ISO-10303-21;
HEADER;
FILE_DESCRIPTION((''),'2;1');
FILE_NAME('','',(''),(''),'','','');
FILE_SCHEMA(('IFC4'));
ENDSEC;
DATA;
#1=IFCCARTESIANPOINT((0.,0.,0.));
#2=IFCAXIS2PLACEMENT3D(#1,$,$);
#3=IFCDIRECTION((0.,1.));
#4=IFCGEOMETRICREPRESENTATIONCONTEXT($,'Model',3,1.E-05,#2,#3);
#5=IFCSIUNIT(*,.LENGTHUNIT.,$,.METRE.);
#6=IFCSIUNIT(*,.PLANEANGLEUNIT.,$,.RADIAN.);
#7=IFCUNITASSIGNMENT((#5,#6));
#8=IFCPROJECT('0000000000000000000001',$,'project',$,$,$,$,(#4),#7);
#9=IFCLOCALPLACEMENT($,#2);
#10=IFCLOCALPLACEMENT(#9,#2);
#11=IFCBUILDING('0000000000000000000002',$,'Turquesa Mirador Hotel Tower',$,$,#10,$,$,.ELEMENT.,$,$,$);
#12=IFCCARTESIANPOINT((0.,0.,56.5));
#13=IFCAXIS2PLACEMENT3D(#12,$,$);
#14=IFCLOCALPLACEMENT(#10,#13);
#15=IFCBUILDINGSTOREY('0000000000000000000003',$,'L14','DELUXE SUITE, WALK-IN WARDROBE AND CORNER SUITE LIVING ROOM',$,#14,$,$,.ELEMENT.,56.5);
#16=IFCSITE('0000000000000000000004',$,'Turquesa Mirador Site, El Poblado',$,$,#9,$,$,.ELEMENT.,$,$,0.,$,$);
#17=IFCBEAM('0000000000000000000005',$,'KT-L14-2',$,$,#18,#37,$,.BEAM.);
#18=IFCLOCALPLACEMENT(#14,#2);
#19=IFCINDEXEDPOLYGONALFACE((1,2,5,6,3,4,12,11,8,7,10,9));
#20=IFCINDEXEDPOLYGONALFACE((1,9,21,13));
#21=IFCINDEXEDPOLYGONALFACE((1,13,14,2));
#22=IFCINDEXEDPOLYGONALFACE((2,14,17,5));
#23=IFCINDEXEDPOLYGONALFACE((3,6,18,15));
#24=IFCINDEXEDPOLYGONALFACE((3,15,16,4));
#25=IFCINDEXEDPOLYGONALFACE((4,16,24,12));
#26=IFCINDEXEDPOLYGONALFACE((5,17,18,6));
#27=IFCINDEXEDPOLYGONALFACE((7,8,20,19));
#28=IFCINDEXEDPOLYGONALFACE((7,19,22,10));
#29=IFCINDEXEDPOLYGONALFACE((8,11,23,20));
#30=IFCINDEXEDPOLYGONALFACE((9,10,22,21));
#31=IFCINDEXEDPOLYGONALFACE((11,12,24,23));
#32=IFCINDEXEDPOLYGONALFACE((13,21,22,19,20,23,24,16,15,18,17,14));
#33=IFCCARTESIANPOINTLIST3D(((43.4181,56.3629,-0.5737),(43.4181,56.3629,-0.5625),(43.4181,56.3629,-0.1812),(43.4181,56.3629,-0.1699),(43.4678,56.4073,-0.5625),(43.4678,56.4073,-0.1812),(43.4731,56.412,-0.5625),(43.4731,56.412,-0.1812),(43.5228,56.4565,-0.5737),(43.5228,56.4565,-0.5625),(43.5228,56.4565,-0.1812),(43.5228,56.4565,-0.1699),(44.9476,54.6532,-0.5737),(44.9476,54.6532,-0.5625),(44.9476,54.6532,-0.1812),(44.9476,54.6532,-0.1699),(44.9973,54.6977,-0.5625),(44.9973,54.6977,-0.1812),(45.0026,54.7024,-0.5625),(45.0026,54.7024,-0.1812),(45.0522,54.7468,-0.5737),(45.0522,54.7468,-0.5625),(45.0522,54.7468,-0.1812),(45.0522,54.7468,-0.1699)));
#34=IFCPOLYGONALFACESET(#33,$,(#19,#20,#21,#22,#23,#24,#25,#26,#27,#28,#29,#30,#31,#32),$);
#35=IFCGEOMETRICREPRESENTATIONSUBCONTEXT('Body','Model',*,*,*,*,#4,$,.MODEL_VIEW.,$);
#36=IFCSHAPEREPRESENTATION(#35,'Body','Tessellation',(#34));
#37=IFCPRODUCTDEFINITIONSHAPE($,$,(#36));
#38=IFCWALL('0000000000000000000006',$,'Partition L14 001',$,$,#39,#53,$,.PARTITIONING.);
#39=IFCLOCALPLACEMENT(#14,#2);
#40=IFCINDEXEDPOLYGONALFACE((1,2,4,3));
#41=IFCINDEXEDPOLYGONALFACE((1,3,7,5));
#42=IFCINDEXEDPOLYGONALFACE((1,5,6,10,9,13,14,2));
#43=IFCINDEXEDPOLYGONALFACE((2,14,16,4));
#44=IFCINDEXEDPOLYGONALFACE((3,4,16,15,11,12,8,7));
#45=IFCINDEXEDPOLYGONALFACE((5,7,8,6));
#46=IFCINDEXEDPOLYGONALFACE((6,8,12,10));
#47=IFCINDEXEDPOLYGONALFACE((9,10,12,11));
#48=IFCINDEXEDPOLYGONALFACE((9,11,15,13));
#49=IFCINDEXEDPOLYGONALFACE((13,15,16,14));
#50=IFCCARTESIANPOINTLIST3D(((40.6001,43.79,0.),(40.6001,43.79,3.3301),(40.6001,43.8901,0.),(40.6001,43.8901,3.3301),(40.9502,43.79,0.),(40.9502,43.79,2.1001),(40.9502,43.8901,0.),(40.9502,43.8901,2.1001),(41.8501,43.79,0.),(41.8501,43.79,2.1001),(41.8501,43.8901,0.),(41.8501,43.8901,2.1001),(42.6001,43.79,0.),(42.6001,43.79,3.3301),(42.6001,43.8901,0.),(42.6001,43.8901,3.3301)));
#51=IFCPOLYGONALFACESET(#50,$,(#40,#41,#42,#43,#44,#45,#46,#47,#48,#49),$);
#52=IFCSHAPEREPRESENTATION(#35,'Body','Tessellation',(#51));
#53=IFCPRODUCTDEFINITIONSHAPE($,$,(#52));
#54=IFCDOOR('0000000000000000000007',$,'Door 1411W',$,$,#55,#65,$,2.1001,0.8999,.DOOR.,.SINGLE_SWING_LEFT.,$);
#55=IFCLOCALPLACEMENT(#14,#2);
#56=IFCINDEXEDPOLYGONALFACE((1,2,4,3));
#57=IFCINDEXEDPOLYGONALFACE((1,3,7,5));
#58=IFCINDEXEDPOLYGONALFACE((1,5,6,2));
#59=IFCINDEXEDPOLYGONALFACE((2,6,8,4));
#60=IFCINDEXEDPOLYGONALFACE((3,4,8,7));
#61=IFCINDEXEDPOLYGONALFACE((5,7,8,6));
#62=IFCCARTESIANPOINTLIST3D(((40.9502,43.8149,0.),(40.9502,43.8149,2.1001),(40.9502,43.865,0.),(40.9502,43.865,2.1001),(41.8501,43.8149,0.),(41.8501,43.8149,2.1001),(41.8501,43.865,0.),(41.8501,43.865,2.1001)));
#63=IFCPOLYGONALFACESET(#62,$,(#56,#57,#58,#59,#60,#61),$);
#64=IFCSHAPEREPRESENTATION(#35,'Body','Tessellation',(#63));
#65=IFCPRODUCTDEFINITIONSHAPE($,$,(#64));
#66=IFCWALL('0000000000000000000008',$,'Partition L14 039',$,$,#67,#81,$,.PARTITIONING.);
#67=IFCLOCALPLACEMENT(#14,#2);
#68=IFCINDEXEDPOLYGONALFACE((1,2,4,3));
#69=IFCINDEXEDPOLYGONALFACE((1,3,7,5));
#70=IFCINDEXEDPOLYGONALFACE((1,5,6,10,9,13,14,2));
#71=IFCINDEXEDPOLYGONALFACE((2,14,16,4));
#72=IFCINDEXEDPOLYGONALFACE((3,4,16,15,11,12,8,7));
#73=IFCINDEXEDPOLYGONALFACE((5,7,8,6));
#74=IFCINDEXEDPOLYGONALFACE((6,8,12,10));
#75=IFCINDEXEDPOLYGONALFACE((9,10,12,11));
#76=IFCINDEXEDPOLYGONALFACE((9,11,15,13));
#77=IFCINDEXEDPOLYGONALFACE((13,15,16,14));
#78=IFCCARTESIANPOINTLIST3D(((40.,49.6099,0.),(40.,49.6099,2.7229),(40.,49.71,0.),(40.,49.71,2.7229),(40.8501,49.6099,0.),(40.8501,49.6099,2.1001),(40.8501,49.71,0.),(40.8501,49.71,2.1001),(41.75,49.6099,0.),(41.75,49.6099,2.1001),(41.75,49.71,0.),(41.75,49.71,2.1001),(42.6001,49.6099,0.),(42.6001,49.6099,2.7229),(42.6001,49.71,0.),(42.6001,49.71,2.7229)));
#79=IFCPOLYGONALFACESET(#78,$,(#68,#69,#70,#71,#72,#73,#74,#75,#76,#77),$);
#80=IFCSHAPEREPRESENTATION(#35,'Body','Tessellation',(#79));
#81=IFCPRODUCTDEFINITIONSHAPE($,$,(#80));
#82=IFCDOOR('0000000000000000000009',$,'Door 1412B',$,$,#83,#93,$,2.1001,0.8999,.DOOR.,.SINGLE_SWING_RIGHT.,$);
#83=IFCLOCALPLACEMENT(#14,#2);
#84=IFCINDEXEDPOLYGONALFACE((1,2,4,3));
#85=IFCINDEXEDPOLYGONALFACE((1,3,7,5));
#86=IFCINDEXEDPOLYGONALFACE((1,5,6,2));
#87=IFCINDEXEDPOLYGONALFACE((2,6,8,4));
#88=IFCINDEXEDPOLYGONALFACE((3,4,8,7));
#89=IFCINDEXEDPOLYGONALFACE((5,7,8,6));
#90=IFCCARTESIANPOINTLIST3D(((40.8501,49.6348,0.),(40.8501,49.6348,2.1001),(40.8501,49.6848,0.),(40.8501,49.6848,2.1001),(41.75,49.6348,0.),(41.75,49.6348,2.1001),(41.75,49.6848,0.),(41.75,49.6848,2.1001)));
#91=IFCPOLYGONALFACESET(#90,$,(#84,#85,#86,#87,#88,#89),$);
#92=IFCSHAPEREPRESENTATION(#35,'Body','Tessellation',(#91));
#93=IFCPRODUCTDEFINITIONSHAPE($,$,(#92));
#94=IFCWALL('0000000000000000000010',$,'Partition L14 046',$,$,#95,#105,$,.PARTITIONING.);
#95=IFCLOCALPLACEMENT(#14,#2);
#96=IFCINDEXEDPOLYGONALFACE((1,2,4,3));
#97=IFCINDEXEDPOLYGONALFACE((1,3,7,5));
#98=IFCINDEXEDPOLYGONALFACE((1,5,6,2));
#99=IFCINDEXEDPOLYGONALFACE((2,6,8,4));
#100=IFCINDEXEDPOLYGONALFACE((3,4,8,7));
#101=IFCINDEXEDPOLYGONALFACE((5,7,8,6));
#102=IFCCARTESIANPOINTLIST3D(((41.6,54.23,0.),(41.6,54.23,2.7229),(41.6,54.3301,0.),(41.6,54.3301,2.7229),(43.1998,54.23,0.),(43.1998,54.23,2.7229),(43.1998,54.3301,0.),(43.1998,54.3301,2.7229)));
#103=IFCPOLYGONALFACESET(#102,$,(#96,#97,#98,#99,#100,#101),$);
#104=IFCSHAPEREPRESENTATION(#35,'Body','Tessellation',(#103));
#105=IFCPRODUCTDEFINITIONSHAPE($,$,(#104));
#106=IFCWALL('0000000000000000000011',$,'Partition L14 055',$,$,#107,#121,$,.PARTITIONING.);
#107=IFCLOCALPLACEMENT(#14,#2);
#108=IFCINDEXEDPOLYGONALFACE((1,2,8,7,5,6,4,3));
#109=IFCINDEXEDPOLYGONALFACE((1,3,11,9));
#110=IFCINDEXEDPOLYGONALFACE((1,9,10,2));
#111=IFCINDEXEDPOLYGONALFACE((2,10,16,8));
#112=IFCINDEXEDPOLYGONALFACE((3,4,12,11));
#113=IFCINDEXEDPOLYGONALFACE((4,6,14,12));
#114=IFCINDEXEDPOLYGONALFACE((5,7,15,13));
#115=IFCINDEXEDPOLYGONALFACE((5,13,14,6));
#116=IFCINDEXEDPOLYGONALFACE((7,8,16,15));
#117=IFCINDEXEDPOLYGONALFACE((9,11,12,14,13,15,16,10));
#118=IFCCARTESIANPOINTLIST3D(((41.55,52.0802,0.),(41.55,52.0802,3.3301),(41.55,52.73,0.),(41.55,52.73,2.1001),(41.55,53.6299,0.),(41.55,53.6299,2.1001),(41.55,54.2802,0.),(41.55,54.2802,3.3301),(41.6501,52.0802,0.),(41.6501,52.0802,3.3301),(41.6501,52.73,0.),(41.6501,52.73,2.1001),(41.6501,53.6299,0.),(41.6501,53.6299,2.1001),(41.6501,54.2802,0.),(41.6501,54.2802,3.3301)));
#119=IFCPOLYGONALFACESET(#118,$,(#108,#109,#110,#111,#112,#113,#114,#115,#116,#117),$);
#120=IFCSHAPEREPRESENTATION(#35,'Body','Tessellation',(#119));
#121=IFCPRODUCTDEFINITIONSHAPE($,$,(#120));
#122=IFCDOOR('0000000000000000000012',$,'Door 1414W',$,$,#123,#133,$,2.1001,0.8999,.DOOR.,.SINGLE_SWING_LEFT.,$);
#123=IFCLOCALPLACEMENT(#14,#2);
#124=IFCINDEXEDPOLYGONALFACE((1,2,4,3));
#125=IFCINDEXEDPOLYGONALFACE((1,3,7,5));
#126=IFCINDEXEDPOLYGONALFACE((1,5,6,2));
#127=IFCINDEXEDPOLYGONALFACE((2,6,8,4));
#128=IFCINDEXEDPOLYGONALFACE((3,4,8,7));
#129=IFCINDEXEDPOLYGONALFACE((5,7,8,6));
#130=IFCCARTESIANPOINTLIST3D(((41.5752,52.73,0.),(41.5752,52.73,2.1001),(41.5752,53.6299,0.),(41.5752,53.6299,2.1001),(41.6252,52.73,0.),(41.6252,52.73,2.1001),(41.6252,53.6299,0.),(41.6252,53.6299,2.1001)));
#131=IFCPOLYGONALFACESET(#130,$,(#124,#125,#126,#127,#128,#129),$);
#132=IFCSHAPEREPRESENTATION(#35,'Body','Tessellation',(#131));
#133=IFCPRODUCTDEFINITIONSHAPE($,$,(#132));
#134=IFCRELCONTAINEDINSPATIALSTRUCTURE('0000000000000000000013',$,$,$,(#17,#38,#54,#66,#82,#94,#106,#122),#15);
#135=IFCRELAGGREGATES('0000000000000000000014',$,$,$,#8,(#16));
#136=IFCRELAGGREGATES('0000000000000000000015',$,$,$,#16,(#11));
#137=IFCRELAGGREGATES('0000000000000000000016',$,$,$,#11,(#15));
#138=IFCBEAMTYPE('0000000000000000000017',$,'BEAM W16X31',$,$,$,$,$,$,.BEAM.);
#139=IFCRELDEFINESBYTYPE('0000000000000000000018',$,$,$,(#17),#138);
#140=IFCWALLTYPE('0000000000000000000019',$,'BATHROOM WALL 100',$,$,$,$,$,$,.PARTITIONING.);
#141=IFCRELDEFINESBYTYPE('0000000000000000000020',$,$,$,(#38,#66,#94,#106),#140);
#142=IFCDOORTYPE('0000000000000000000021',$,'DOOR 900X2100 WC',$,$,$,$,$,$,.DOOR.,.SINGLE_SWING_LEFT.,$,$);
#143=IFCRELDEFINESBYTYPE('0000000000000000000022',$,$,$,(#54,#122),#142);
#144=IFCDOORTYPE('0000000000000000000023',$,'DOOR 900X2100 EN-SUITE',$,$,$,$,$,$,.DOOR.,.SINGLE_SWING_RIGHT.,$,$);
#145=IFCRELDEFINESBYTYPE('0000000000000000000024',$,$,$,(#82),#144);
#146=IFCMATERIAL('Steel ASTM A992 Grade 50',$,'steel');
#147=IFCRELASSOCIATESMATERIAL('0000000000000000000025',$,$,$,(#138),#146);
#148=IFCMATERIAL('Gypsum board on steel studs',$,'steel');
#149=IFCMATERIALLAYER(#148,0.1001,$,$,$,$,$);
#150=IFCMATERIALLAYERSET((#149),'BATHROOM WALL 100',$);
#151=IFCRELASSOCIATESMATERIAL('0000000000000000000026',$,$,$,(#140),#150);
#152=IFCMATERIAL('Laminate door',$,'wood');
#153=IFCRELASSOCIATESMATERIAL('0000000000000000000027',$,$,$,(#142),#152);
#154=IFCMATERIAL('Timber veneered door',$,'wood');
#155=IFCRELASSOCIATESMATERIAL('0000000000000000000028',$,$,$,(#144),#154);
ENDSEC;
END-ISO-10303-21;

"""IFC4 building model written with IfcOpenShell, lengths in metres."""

from ifc_helpers import new_model, si_unit, direction, frame, frame_2d, origin, origin_2d, place, context, subcontext, project, spatial, rectangle, i_section, extrude, material, layer, layer_set, material_profile, profile_set, type_object, element, fill, save


model = new_model("IFC4")

# Units and contexts
model_context = context("Model", 3, precision=1e-05, world=origin(), true_north=direction((0.0, 1.0)))
body_context = subcontext(model_context, "Body", "Model", "MODEL_VIEW")
ifc_project = project(units=[si_unit("LENGTHUNIT", "METRE"), si_unit("PLANEANGLEUNIT", "RADIAN")], contexts=[model_context])

# Site, building, storey
site_placement = place(None, origin())
site = spatial("IfcSite", under=ifc_project, at=site_placement, Name="Turquesa Mirador Site, El Poblado", CompositionType="ELEMENT", RefElevation=0.0)
building_placement = place(site_placement, origin())
building = spatial("IfcBuilding", under=site, at=building_placement, Name="Turquesa Mirador Hotel Tower", CompositionType="ELEMENT")
storey_placement = place(building_placement, frame((0.0, 0.0, 56.5)))
storey = spatial("IfcBuildingStorey", under=building, at=storey_placement, Name="L14", Description="DELUXE SUITE, WALK-IN WARDROBE AND CORNER SUITE LIVING ROOM", CompositionType="ELEMENT", Elevation=56.5)

# Beam
ifc_material_1 = material(Name="Steel ASTM A992 Grade 50", Category="steel")
ifc_material_profile = material_profile(ifc_material_1, i_section(OverallWidth=0.1404, OverallDepth=0.4038, WebThickness=0.0071, FlangeThickness=0.0112, at=origin_2d()), Name="W16X31")
ifc_profile_set = profile_set([ifc_material_profile], Name="Steel ASTM A992 Grade 50")
beam_type = type_object("IfcBeamType", Name="BEAM W16X31", PredefinedType="BEAM", material=ifc_profile_set)
beam_placement = place(storey_placement, frame((43.4705, 56.4097, -0.3718), z_axis=(0.666745, -0.745286, 0.0), x_axis=(0.745286, 0.666745, 0.0)))
element("IfcBeam", 1, at=beam_placement, inside=storey, type_object=beam_type, Name="KT-L14-2", PredefinedType="BEAM", context=body_context, shape_type="SweptSolid", body=[
    extrude(i_section(OverallWidth=0.1404, OverallDepth=0.4038, WebThickness=0.0071, FlangeThickness=0.0112, at=origin_2d()), origin(), (0.0, 0.0, 1.0), 2.2939),
])

# Walls, openings, doors
ifc_material_2 = material(Name="Gypsum board on steel studs", Category="steel")
ifc_layer_1 = layer(ifc_material_2, 0.1001)
ifc_layer_set_1 = layer_set([ifc_layer_1], Name="BATHROOM WALL 100")
wall_type_1 = type_object("IfcWallType", Name="BATHROOM WALL 100", PredefinedType="PARTITIONING", material=ifc_layer_set_1)
wall_1_placement = place(storey_placement, frame((40.6001, 43.8401, 0.0), z_axis=(0.0, 0.0, 1.0), x_axis=(1.0, 0.0, 0.0)))
wall_1 = element("IfcWall", 2, at=wall_1_placement, inside=storey, type_object=wall_type_1, Name="Partition L14 001", PredefinedType="PARTITIONING", context=body_context, shape_type="SweptSolid", body=[
    extrude(rectangle(XDim=2.0, YDim=0.1001, at=frame_2d((1.0, 0.0))), origin(), (0.0, 0.0, 1.0), 3.3301),
])
opening_1_placement = place(wall_1_placement, frame((0.3501, 0.0, 0.0)))
opening_1 = element("IfcOpeningElement", 3, at=opening_1_placement, cuts=wall_1, PredefinedType="OPENING", context=body_context, shape_type="SweptSolid", body=[
    extrude(rectangle(XDim=0.8999, YDim=2.1001, at=frame_2d((0.45, 1.05))), frame((0.0, 0.0601, 0.0), z_axis=(0.0, -1.0, 0.0), x_axis=(1.0, 0.0, 0.0)), (0.0, 0.0, 1.0), 0.1201),
])
ifc_material_3 = material(Name="Laminate door", Category="wood")
door_type_1 = type_object("IfcDoorType", Name="DOOR 900X2100 WC", OperationType="SINGLE_SWING_LEFT", PredefinedType="DOOR", material=ifc_material_3)
door_1_placement = place(opening_1_placement, origin())
door_1 = element("IfcDoor", 4, at=door_1_placement, inside=storey, type_object=door_type_1, Name="Door 1411W", OperationType="SINGLE_SWING_LEFT", OverallHeight=2.1001, OverallWidth=0.8999, PredefinedType="DOOR", context=body_context, shape_type="SweptSolid", body=[
    extrude(rectangle(XDim=0.8999, YDim=2.1001, at=frame_2d((0.45, 1.05))), frame((0.0, 0.0249, 0.0), z_axis=(0.0, -1.0, 0.0), x_axis=(1.0, 0.0, 0.0)), (0.0, 0.0, 1.0), 0.05),
])
fill(opening_1, door_1)
wall_2_placement = place(storey_placement, frame((40.0, 49.6599, 0.0), z_axis=(0.0, 0.0, 1.0), x_axis=(1.0, 0.0, 0.0)))
wall_2 = element("IfcWall", 5, at=wall_2_placement, inside=storey, type_object=wall_type_1, Name="Partition L14 039", PredefinedType="PARTITIONING", context=body_context, shape_type="SweptSolid", body=[
    extrude(rectangle(XDim=2.6001, YDim=0.1001, at=frame_2d((1.3, 0.0))), origin(), (0.0, 0.0, 1.0), 2.7229),
])
opening_2_placement = place(wall_2_placement, frame((0.8501, 0.0, 0.0)))
opening_2 = element("IfcOpeningElement", 6, at=opening_2_placement, cuts=wall_2, PredefinedType="OPENING", context=body_context, shape_type="SweptSolid", body=[
    extrude(rectangle(XDim=0.8999, YDim=2.1001, at=frame_2d((0.45, 1.05))), frame((0.0, 0.0601, 0.0), z_axis=(0.0, -1.0, 0.0), x_axis=(1.0, 0.0, 0.0)), (0.0, 0.0, 1.0), 0.1201),
])
ifc_material_4 = material(Name="Timber veneered door", Category="wood")
door_type_2 = type_object("IfcDoorType", Name="DOOR 900X2100 EN-SUITE", OperationType="SINGLE_SWING_RIGHT", PredefinedType="DOOR", material=ifc_material_4)
door_2_placement = place(opening_2_placement, origin())
door_2 = element("IfcDoor", 7, at=door_2_placement, inside=storey, type_object=door_type_2, Name="Door 1412B", OperationType="SINGLE_SWING_RIGHT", OverallHeight=2.1001, OverallWidth=0.8999, PredefinedType="DOOR", context=body_context, shape_type="SweptSolid", body=[
    extrude(rectangle(XDim=0.8999, YDim=2.1001, at=frame_2d((0.45, 1.05))), frame((0.0, 0.0249, 0.0), z_axis=(0.0, -1.0, 0.0), x_axis=(1.0, 0.0, 0.0)), (0.0, 0.0, 1.0), 0.05),
])
fill(opening_2, door_2)

# Wall
wall_3_placement = place(storey_placement, frame((41.6001, 54.28, 0.0), z_axis=(0.0, 0.0, 1.0), x_axis=(1.0, 0.0, 0.0)))
element("IfcWall", 8, at=wall_3_placement, inside=storey, type_object=wall_type_1, Name="Partition L14 046", PredefinedType="PARTITIONING", context=body_context, shape_type="SweptSolid", body=[
    extrude(rectangle(XDim=1.5999, YDim=0.1001, at=frame_2d((0.7998, 0.0))), origin(), (0.0, 0.0, 1.0), 2.7229),
])

# Wall, opening, door
wall_4_placement = place(storey_placement, frame((41.6001, 52.0801, 0.0), z_axis=(0.0, 0.0, 1.0), x_axis=(0.0, 1.0, 0.0)))
wall_4 = element("IfcWall", 9, at=wall_4_placement, inside=storey, type_object=wall_type_1, Name="Partition L14 055", PredefinedType="PARTITIONING", context=body_context, shape_type="SweptSolid", body=[
    extrude(rectangle(XDim=2.2, YDim=0.1001, at=frame_2d((1.1001, 0.0))), origin(), (0.0, 0.0, 1.0), 3.3301),
])
opening_3_placement = place(wall_4_placement, frame((0.6499, 0.0, 0.0)))
opening_3 = element("IfcOpeningElement", 10, at=opening_3_placement, cuts=wall_4, PredefinedType="OPENING", context=body_context, shape_type="SweptSolid", body=[
    extrude(rectangle(XDim=0.8999, YDim=2.1001, at=frame_2d((0.45, 1.05))), frame((0.0, 0.0601, 0.0), z_axis=(0.0, -1.0, 0.0), x_axis=(1.0, 0.0, 0.0)), (0.0, 0.0, 1.0), 0.1201),
])
door_3_placement = place(opening_3_placement, origin())
door_3 = element("IfcDoor", 11, at=door_3_placement, inside=storey, type_object=door_type_1, Name="Door 1414W", OperationType="SINGLE_SWING_LEFT", OverallHeight=2.1001, OverallWidth=0.8999, PredefinedType="DOOR", context=body_context, shape_type="SweptSolid", body=[
    extrude(rectangle(XDim=0.8999, YDim=2.1001, at=frame_2d((0.45, 1.05))), frame((0.0, 0.0249, 0.0), z_axis=(0.0, -1.0, 0.0), x_axis=(1.0, 0.0, 0.0)), (0.0, 0.0, 1.0), 0.05),
])
fill(opening_3, door_3)

save(model, "model.ifc")
